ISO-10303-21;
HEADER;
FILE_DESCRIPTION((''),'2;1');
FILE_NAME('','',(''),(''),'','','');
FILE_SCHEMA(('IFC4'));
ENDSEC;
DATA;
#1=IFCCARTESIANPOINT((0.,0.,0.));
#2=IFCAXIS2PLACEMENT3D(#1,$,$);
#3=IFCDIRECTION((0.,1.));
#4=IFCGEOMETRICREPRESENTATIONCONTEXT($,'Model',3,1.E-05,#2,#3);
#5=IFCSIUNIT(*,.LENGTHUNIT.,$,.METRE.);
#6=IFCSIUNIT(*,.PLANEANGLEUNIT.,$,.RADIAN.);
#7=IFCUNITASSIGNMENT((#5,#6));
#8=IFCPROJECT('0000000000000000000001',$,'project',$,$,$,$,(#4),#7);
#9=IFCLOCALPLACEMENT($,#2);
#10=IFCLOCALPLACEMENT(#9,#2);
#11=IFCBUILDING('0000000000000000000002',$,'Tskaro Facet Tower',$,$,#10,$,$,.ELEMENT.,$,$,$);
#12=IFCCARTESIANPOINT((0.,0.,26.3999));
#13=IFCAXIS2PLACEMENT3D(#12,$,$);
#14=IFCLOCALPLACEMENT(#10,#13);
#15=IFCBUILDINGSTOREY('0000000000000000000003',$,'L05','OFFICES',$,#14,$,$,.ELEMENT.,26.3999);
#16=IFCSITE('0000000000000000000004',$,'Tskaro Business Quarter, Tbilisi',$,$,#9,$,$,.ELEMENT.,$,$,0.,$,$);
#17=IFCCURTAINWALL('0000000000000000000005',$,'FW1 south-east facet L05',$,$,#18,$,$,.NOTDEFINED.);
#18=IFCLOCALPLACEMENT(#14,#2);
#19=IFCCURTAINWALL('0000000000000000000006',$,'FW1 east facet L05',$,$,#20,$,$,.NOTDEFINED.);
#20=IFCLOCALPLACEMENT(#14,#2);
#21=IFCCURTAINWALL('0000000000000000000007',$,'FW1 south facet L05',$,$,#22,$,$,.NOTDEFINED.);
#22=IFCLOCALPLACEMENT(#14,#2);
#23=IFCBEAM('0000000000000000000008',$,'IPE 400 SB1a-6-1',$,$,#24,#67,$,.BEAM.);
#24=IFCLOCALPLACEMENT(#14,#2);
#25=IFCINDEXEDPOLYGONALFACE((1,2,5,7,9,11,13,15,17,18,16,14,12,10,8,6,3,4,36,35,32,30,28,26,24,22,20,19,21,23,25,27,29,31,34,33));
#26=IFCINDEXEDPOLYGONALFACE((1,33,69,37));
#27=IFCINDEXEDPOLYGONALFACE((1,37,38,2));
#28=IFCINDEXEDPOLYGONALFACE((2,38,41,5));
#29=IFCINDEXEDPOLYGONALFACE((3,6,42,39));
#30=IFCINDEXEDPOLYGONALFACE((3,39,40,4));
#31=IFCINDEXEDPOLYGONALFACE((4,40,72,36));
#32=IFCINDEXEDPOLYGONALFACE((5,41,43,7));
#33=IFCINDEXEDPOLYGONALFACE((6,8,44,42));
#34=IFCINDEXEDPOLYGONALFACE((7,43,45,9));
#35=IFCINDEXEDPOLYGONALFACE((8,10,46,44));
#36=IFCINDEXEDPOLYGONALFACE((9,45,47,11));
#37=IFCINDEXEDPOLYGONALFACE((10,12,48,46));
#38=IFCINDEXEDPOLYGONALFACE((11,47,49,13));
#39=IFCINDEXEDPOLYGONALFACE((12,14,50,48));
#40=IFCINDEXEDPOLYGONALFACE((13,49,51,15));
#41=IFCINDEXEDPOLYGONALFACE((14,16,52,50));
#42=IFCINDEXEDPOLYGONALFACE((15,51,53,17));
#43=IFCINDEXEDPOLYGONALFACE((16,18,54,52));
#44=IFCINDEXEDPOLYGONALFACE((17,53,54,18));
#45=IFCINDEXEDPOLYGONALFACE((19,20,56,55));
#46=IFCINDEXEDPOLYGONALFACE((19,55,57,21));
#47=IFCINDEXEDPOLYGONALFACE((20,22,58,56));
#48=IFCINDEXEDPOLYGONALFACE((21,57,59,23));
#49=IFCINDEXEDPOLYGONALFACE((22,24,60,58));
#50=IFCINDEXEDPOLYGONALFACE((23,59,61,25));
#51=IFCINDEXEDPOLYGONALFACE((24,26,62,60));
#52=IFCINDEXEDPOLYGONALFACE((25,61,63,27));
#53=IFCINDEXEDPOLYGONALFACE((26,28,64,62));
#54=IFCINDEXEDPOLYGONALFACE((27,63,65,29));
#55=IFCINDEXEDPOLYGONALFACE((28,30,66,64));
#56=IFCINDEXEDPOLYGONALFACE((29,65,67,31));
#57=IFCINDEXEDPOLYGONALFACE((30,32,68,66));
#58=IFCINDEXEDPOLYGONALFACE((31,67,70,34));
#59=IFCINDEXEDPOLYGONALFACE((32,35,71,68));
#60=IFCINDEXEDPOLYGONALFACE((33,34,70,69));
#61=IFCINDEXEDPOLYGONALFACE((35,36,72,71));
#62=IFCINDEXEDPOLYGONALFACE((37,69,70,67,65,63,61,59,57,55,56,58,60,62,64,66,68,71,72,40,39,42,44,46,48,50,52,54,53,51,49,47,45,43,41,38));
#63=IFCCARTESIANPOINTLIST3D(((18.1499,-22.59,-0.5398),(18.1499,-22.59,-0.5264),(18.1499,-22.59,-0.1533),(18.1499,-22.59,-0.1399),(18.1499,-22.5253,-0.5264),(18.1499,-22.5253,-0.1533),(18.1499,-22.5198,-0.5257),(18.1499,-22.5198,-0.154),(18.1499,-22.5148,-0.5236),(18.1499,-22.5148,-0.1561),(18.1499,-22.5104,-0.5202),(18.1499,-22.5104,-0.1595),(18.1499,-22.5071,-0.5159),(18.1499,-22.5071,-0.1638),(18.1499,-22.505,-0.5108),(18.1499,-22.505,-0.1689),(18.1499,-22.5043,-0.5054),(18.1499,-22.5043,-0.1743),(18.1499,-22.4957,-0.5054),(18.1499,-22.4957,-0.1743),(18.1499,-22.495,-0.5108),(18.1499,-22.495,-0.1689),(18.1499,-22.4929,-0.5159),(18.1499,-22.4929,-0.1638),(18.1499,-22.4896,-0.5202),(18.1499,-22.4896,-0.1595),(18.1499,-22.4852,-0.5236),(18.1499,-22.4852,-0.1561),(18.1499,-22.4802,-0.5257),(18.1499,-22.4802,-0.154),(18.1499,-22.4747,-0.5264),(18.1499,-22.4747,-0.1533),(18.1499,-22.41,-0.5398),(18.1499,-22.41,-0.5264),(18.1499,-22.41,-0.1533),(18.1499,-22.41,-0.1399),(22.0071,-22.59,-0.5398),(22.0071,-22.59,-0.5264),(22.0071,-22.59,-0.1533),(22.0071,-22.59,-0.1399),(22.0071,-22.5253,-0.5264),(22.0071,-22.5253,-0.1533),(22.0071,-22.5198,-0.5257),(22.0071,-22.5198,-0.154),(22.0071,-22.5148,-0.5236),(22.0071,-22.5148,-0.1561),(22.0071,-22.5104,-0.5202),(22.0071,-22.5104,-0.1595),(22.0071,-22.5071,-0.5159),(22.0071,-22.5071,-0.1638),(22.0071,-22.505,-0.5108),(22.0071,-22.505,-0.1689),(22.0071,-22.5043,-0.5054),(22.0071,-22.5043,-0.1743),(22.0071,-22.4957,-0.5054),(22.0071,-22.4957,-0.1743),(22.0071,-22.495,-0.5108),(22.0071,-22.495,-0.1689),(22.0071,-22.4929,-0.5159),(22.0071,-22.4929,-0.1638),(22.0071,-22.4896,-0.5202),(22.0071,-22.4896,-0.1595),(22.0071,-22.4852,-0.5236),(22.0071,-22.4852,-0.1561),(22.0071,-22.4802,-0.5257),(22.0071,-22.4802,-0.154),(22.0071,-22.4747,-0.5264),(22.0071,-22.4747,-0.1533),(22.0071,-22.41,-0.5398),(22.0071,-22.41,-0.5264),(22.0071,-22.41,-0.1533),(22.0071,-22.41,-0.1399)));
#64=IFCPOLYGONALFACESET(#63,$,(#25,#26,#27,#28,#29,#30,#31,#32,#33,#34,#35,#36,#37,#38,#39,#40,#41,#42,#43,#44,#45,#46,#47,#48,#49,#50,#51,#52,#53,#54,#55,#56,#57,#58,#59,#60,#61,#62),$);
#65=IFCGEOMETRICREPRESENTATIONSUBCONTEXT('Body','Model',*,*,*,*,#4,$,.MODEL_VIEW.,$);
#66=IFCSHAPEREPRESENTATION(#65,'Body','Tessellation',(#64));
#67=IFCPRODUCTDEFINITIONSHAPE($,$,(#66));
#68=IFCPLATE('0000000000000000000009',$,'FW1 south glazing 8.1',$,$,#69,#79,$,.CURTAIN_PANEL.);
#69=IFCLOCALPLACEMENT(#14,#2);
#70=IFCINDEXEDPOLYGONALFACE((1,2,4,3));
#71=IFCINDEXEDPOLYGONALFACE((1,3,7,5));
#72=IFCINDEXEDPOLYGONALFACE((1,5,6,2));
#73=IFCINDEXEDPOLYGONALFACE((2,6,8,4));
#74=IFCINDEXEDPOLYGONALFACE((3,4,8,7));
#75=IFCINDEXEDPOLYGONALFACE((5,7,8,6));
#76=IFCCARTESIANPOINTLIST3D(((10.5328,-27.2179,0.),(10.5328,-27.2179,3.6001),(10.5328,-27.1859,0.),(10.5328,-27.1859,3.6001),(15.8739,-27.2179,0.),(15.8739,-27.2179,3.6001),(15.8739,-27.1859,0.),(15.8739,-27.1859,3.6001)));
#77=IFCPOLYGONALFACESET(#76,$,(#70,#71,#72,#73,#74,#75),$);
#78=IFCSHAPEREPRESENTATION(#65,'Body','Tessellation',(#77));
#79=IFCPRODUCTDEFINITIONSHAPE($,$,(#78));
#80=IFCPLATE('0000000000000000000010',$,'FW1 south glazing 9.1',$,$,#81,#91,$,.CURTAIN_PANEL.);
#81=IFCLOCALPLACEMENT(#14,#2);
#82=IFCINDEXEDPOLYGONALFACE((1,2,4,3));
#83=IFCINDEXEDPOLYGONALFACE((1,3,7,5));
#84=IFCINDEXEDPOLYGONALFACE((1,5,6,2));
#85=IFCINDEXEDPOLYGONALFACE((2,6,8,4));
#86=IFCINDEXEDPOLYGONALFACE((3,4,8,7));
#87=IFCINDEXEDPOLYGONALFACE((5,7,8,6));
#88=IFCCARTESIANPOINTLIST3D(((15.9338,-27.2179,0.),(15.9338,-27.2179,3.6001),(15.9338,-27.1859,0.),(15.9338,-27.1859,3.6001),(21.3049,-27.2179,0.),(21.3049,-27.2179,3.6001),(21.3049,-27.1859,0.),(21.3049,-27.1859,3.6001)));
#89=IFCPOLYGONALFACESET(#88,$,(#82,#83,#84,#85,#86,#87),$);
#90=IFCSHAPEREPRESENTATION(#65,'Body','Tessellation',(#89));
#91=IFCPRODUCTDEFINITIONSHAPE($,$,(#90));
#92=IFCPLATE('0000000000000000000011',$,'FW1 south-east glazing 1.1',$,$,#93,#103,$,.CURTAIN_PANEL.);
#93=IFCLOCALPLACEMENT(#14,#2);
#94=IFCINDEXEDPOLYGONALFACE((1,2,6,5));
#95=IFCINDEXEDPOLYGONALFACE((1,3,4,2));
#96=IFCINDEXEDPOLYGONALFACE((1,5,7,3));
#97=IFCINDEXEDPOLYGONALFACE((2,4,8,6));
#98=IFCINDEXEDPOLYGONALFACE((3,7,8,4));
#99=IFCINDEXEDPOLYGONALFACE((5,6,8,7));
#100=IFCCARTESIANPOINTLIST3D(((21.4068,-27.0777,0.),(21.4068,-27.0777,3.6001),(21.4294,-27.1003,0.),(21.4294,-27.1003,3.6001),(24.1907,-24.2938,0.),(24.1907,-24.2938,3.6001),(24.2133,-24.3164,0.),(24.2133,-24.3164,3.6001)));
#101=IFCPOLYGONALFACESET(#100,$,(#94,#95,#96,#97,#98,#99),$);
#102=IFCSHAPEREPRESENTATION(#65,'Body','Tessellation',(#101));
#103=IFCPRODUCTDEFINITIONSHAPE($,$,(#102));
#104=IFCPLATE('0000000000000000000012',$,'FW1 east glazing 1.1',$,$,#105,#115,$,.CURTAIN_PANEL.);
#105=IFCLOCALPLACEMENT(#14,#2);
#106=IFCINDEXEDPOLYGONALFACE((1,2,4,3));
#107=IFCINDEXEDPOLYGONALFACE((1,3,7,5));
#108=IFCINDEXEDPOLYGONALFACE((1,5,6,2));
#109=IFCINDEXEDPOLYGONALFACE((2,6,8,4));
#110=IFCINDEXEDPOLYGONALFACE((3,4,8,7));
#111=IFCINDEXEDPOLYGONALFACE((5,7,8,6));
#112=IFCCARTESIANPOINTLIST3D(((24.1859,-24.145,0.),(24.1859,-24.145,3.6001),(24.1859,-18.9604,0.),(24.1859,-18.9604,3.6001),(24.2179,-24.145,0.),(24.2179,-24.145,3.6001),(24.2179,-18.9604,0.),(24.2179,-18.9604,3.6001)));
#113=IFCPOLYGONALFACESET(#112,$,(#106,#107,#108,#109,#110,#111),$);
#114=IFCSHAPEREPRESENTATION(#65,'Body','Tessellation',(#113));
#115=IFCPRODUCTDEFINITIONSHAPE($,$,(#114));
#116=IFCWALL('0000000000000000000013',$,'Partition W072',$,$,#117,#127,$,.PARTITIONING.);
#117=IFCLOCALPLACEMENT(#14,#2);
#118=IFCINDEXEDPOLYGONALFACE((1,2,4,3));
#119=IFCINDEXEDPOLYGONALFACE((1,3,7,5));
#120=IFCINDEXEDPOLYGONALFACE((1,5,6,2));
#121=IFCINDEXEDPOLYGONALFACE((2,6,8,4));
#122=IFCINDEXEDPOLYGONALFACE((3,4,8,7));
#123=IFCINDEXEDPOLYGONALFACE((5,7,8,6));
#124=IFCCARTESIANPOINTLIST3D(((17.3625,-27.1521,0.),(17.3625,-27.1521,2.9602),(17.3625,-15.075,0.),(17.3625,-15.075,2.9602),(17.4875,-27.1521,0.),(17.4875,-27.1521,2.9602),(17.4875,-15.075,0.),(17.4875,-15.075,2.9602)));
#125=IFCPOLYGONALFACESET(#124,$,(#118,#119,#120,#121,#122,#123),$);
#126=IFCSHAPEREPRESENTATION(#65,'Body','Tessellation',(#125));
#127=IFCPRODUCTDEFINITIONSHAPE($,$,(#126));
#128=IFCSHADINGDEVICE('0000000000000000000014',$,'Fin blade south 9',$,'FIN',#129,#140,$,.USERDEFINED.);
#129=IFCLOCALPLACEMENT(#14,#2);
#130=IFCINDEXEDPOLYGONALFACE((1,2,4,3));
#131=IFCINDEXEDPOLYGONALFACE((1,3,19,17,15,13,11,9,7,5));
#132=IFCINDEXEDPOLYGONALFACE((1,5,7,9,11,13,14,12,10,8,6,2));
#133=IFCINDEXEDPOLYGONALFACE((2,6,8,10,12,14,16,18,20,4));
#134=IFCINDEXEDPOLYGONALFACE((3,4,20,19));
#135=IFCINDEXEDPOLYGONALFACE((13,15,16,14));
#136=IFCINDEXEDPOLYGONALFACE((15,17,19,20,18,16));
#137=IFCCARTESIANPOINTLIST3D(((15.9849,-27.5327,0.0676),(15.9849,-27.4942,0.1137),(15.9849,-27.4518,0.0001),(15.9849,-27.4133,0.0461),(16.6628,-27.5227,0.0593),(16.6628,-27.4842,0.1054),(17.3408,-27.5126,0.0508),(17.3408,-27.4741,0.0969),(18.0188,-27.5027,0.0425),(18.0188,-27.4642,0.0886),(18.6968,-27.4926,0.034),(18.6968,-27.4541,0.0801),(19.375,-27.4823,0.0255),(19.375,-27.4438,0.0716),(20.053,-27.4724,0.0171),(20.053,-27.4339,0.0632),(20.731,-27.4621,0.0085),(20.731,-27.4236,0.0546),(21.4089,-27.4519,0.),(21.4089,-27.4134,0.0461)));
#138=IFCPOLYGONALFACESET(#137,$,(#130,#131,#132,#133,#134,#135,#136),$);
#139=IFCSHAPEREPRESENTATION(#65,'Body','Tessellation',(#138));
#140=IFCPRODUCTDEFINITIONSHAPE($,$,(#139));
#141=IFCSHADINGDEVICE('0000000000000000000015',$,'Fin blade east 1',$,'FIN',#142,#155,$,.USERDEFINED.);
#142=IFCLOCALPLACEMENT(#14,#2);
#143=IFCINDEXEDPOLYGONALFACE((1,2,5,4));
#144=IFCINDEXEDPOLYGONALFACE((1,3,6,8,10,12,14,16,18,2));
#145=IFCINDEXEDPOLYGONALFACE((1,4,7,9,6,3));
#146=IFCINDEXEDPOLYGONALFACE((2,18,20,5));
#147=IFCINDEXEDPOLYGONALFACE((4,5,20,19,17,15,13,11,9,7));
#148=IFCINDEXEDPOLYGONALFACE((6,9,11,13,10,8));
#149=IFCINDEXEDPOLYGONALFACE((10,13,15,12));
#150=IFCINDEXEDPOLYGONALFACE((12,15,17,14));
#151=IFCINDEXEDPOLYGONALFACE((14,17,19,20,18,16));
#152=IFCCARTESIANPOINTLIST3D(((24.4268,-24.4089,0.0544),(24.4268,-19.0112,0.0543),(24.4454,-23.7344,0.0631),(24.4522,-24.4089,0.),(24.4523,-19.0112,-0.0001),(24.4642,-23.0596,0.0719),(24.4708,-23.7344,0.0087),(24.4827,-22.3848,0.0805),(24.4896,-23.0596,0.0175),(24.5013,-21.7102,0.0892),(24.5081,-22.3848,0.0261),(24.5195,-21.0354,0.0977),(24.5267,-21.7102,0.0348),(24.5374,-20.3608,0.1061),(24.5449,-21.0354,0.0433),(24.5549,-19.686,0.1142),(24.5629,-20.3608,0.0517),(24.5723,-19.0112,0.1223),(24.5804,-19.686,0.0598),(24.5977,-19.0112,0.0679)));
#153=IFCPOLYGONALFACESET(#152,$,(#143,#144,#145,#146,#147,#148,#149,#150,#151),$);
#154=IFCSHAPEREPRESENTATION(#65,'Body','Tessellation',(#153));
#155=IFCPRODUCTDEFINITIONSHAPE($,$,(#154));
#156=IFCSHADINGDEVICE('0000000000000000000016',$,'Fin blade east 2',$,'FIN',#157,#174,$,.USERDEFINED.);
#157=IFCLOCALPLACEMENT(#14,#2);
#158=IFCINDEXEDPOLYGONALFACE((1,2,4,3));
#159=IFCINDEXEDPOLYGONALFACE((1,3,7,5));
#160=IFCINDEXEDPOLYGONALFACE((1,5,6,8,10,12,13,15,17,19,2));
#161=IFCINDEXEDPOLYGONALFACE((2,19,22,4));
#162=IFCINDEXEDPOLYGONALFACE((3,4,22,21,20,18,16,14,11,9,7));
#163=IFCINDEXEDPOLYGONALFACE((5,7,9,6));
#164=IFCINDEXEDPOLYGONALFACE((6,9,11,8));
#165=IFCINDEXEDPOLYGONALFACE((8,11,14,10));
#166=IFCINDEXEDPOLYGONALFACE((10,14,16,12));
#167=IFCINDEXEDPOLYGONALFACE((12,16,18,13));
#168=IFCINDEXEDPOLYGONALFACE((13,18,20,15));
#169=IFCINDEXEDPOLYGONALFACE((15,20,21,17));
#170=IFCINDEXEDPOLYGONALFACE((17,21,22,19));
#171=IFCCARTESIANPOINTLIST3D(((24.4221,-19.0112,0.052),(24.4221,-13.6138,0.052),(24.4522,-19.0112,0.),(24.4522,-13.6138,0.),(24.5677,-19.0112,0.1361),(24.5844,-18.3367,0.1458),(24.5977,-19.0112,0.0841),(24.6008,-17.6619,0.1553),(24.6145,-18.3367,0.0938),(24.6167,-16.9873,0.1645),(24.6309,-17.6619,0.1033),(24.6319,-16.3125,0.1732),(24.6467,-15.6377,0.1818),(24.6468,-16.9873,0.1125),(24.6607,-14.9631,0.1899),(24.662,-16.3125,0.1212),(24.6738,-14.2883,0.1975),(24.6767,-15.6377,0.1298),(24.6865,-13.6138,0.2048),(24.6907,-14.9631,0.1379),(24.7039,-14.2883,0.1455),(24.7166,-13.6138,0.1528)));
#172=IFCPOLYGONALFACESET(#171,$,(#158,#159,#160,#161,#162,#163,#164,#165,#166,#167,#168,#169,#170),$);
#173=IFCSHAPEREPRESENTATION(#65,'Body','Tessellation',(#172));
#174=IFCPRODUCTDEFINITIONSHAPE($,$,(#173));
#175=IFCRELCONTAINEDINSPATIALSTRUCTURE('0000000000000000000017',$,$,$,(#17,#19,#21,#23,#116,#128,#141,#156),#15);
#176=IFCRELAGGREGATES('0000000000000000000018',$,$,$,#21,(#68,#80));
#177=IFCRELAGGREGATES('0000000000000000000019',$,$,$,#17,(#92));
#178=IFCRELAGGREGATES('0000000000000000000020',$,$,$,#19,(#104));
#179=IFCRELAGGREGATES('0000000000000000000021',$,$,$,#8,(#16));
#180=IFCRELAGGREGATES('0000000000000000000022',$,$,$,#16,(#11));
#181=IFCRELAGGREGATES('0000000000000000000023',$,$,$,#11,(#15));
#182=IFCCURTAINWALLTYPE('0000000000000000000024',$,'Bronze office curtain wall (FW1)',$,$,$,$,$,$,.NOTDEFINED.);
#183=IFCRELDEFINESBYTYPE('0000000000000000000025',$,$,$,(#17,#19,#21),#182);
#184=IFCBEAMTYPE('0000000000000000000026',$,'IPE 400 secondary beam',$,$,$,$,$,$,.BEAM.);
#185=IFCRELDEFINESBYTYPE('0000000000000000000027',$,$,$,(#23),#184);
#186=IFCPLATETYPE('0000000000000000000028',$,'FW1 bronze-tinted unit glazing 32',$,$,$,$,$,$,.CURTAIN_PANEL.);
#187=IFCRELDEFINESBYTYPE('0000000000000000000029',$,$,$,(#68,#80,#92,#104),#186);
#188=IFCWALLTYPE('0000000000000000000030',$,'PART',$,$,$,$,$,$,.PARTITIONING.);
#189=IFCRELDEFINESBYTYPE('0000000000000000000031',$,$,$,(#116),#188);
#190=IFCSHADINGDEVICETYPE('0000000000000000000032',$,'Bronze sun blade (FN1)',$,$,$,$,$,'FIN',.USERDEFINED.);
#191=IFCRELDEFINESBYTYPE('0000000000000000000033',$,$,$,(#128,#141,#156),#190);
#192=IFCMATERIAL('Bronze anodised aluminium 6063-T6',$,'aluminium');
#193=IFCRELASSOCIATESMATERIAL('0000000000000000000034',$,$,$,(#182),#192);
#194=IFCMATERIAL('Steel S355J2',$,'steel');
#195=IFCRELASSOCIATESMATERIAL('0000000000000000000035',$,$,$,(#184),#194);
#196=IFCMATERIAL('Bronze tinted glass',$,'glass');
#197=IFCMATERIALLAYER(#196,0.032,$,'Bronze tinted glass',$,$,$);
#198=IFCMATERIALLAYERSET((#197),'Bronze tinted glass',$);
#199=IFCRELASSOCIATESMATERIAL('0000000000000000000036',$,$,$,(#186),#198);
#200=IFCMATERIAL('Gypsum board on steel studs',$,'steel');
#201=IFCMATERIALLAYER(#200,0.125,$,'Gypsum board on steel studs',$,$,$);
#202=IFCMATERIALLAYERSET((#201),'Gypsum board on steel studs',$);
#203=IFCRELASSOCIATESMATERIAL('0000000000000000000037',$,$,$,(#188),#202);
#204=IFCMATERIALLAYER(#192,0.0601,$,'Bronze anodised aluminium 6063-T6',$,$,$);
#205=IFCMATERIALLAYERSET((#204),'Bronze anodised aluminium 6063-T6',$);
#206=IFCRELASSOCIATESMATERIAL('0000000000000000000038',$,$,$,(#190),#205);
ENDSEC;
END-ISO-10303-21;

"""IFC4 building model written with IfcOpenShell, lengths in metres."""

from ifc_helpers import new_model, si_unit, direction, frame, frame_2d, origin, origin_2d, place, context, subcontext, project, spatial, polyline, rectangle, i_section, outline, extrude, material, layer, layer_set, material_profile, profile_set, type_object, element, aggregate, save


model = new_model("IFC4")

# Units and contexts
model_context = context("Model", 3, precision=1e-05, world=origin(), true_north=direction((0.0, 1.0)))
body_context = subcontext(model_context, "Body", "Model", "MODEL_VIEW")
ifc_project = project(units=[si_unit("LENGTHUNIT", "METRE"), si_unit("PLANEANGLEUNIT", "RADIAN")], contexts=[model_context])

# Site, building, storey
site_placement = place(None, origin())
site = spatial("IfcSite", under=ifc_project, at=site_placement, Name="Tskaro Business Quarter, Tbilisi", CompositionType="ELEMENT", RefElevation=0.0)
building_placement = place(site_placement, origin())
building = spatial("IfcBuilding", under=site, at=building_placement, Name="Tskaro Facet Tower", CompositionType="ELEMENT")
storey_placement = place(building_placement, frame((0.0, 0.0, 26.3999)))
storey = spatial("IfcBuildingStorey", under=building, at=storey_placement, Name="L05", Description="OFFICES", CompositionType="ELEMENT", Elevation=26.3999)

# Curtain walls
ifc_material_1 = material(Name="Bronze anodised aluminium 6063-T6", Category="aluminium")
curtain_wall_type = type_object("IfcCurtainWallType", Name="Bronze office curtain wall (FW1)", PredefinedType="NOTDEFINED", material=ifc_material_1)
curtain_wall_1_placement = place(storey_placement, origin())
curtain_wall_1 = element("IfcCurtainWall", 1, at=curtain_wall_1_placement, inside=storey, type_object=curtain_wall_type, Name="FW1 south-east facet L05", PredefinedType="NOTDEFINED")
curtain_wall_2_placement = place(storey_placement, origin())
curtain_wall_2 = element("IfcCurtainWall", 2, at=curtain_wall_2_placement, inside=storey, type_object=curtain_wall_type, Name="FW1 east facet L05", PredefinedType="NOTDEFINED")
curtain_wall_3_placement = place(storey_placement, origin())
curtain_wall_3 = element("IfcCurtainWall", 3, at=curtain_wall_3_placement, inside=storey, type_object=curtain_wall_type, Name="FW1 south facet L05", PredefinedType="NOTDEFINED")

# Beam
ifc_material_2 = material(Name="Steel S355J2", Category="steel")
ifc_material_profile_1 = material_profile(ifc_material_2, i_section(OverallWidth=0.1799, OverallDepth=0.3999, WebThickness=0.0085, FlangeThickness=0.0134, FilletRadius=0.021, at=origin_2d()), Name="IPE 400")
ifc_profile_set_1 = profile_set([ifc_material_profile_1], Name="Steel S355J2")
beam_type_1 = type_object("IfcBeamType", Name="IPE 400 secondary beam", PredefinedType="BEAM", material=ifc_profile_set_1)
beam_1_placement = place(storey_placement, frame((18.1499, -22.5, -0.3398), z_axis=(1.0, 0.0, 0.0), x_axis=(0.0, 1.0, 0.0)))
element("IfcBeam", 4, at=beam_1_placement, inside=storey, type_object=beam_type_1, Name="IPE 400 SB1a-6-1", PredefinedType="BEAM", context=body_context, shape_type="SweptSolid", body=[
    extrude(i_section(OverallWidth=0.1799, OverallDepth=0.3999, WebThickness=0.0085, FlangeThickness=0.0134, FilletRadius=0.021, at=origin_2d()), origin(), (0.0, 0.0, 1.0), 3.8572),
])

# Plates
ifc_material_3 = material(Name="Bronze tinted glass", Category="glass")
ifc_layer_1 = layer(ifc_material_3, 0.032, Name="Bronze tinted glass")
ifc_layer_set_1 = layer_set([ifc_layer_1], Name="Bronze tinted glass")
plate_type = type_object("IfcPlateType", Name="FW1 bronze-tinted unit glazing 32", PredefinedType="CURTAIN_PANEL", material=ifc_layer_set_1)
plate_1_placement = place(storey_placement, frame((13.2034, -27.2019, 0.0), z_axis=(0.0, 0.0, 1.0), x_axis=(1.0, 0.0, 0.0)))
plate_1 = element("IfcPlate", 5, at=plate_1_placement, type_object=plate_type, Name="FW1 south glazing 8.1", PredefinedType="CURTAIN_PANEL", context=body_context, shape_type="SweptSolid", body=[
    extrude(rectangle(XDim=5.3411, YDim=0.032, at=origin_2d()), origin(), (0.0, 0.0, 1.0), 3.6001),
])
plate_2_placement = place(storey_placement, frame((18.6194, -27.2019, 0.0), z_axis=(0.0, 0.0, 1.0), x_axis=(1.0, 0.0, 0.0)))
plate_2 = element("IfcPlate", 6, at=plate_2_placement, type_object=plate_type, Name="FW1 south glazing 9.1", PredefinedType="CURTAIN_PANEL", context=body_context, shape_type="SweptSolid", body=[
    extrude(rectangle(XDim=5.3711, YDim=0.032, at=origin_2d()), origin(), (0.0, 0.0, 1.0), 3.6001),
])
aggregate(curtain_wall_3, [plate_1, plate_2])
plate_3_placement = place(storey_placement, frame((22.8101, -25.697, 0.0), z_axis=(0.0, 0.0, 1.0), x_axis=(0.707107, 0.707107, 0.0)))
plate_3 = element("IfcPlate", 7, at=plate_3_placement, type_object=plate_type, Name="FW1 south-east glazing 1.1", PredefinedType="CURTAIN_PANEL", context=body_context, shape_type="SweptSolid", body=[
    extrude(rectangle(XDim=3.937, YDim=0.032, at=origin_2d()), origin(), (0.0, 0.0, 1.0), 3.6001),
])
aggregate(curtain_wall_1, [plate_3])
plate_4_placement = place(storey_placement, frame((24.2019, -21.5527, 0.0), z_axis=(0.0, 0.0, 1.0), x_axis=(0.0, 1.0, 0.0)))
plate_4 = element("IfcPlate", 8, at=plate_4_placement, type_object=plate_type, Name="FW1 east glazing 1.1", PredefinedType="CURTAIN_PANEL", context=body_context, shape_type="SweptSolid", body=[
    extrude(rectangle(XDim=5.1846, YDim=0.032, at=origin_2d()), origin(), (0.0, 0.0, 1.0), 3.6001),
])
aggregate(curtain_wall_2, [plate_4])

# Wall
ifc_material_4 = material(Name="Gypsum board on steel studs", Category="steel")
ifc_layer_2 = layer(ifc_material_4, 0.125, Name="Gypsum board on steel studs")
ifc_layer_set_2 = layer_set([ifc_layer_2], Name="Gypsum board on steel studs")
wall_type = type_object("IfcWallType", Name="PART", PredefinedType="PARTITIONING", material=ifc_layer_set_2)
wall_placement = place(storey_placement, frame((17.425, -27.1521, 0.0), z_axis=(0.0, 0.0, 1.0), x_axis=(0.0, 1.0, 0.0)))
element("IfcWall", 9, at=wall_placement, inside=storey, type_object=wall_type, Name="Partition W072", PredefinedType="PARTITIONING", context=body_context, shape_type="SweptSolid", body=[
    extrude(rectangle(XDim=12.0771, YDim=0.125, at=frame_2d((6.0386, 0.0))), origin(), (0.0, 0.0, 1.0), 2.9602),
])

# Shading devices
ifc_layer_3 = layer(ifc_material_1, 0.0601, Name="Bronze anodised aluminium 6063-T6")
ifc_layer_set_3 = layer_set([ifc_layer_3], Name="Bronze anodised aluminium 6063-T6")
shading_device_type = type_object("IfcShadingDeviceType", Name="Bronze sun blade (FN1)", ElementType="FIN", PredefinedType="USERDEFINED", material=ifc_layer_set_3)
shading_device_1_placement = place(storey_placement, frame((15.9849, -27.4133, 0.0461), z_axis=(0.000017, 0.64112, 0.767441), x_axis=(1.0, -0.000011, -0.000013)))
element("IfcShadingDevice", 10, at=shading_device_1_placement, inside=storey, type_object=shading_device_type, Name="Fin blade south 9", ObjectType="FIN", PredefinedType="USERDEFINED", context=body_context, shape_type="SweptSolid", body=[
    extrude(outline(polyline([(0.0, 0.0), (5.4241, 0.0), (4.7461, -0.0133), (4.0681, -0.0267), (3.3901, -0.0397), (2.7119, -0.053), (2.0339, -0.0662), (1.356, -0.0792), (0.678, -0.0924), (0.0, -0.1054), (0.0, 0.0)])), origin(), (0.0, 0.0, -1.0), 0.0601),
])
shading_device_2_placement = place(storey_placement, frame((24.4268, -24.4089, 0.0544), z_axis=(-0.423541, 0.000027, 0.905877), x_axis=(0.000012, 1.0, -0.000025)))
element("IfcShadingDevice", 11, at=shading_device_2_placement, inside=storey, type_object=shading_device_type, Name="Fin blade east 1", ObjectType="FIN", PredefinedType="USERDEFINED", context=body_context, shape_type="SweptSolid", body=[
    extrude(outline(polyline([(0.0, 0.0), (5.3977, 0.0), (5.3977, -0.1606), (4.7229, -0.1414), (4.0481, -0.1221), (3.3735, -0.1023), (2.6987, -0.0822), (2.0242, -0.0617), (1.3494, -0.0413), (0.6746, -0.0205), (0.0, 0.0)])), origin(), (0.0, 0.0, -1.0), 0.0601),
])
shading_device_3_placement = place(storey_placement, frame((24.4221, -19.0112, 0.052), z_axis=(-0.500446, 0.000007, 0.865768), x_axis=(0.000004, 1.0, -0.000006)))
element("IfcShadingDevice", 12, at=shading_device_3_placement, inside=storey, type_object=shading_device_type, Name="Fin blade east 2", ObjectType="FIN", PredefinedType="USERDEFINED", context=body_context, shape_type="SweptSolid", body=[
    extrude(outline(polyline([(0.0, 0.0), (5.3975, 0.0), (5.3975, -0.3054), (4.7229, -0.2907), (4.0481, -0.2755), (3.3735, -0.2593), (2.6987, -0.2423), (2.0239, -0.2248), (1.3494, -0.2064), (0.6746, -0.1875), (0.0, -0.1681), (0.0, 0.0)])), origin(), (0.0, 0.0, -1.0), 0.0601),
])

save(model, "model.ifc")
